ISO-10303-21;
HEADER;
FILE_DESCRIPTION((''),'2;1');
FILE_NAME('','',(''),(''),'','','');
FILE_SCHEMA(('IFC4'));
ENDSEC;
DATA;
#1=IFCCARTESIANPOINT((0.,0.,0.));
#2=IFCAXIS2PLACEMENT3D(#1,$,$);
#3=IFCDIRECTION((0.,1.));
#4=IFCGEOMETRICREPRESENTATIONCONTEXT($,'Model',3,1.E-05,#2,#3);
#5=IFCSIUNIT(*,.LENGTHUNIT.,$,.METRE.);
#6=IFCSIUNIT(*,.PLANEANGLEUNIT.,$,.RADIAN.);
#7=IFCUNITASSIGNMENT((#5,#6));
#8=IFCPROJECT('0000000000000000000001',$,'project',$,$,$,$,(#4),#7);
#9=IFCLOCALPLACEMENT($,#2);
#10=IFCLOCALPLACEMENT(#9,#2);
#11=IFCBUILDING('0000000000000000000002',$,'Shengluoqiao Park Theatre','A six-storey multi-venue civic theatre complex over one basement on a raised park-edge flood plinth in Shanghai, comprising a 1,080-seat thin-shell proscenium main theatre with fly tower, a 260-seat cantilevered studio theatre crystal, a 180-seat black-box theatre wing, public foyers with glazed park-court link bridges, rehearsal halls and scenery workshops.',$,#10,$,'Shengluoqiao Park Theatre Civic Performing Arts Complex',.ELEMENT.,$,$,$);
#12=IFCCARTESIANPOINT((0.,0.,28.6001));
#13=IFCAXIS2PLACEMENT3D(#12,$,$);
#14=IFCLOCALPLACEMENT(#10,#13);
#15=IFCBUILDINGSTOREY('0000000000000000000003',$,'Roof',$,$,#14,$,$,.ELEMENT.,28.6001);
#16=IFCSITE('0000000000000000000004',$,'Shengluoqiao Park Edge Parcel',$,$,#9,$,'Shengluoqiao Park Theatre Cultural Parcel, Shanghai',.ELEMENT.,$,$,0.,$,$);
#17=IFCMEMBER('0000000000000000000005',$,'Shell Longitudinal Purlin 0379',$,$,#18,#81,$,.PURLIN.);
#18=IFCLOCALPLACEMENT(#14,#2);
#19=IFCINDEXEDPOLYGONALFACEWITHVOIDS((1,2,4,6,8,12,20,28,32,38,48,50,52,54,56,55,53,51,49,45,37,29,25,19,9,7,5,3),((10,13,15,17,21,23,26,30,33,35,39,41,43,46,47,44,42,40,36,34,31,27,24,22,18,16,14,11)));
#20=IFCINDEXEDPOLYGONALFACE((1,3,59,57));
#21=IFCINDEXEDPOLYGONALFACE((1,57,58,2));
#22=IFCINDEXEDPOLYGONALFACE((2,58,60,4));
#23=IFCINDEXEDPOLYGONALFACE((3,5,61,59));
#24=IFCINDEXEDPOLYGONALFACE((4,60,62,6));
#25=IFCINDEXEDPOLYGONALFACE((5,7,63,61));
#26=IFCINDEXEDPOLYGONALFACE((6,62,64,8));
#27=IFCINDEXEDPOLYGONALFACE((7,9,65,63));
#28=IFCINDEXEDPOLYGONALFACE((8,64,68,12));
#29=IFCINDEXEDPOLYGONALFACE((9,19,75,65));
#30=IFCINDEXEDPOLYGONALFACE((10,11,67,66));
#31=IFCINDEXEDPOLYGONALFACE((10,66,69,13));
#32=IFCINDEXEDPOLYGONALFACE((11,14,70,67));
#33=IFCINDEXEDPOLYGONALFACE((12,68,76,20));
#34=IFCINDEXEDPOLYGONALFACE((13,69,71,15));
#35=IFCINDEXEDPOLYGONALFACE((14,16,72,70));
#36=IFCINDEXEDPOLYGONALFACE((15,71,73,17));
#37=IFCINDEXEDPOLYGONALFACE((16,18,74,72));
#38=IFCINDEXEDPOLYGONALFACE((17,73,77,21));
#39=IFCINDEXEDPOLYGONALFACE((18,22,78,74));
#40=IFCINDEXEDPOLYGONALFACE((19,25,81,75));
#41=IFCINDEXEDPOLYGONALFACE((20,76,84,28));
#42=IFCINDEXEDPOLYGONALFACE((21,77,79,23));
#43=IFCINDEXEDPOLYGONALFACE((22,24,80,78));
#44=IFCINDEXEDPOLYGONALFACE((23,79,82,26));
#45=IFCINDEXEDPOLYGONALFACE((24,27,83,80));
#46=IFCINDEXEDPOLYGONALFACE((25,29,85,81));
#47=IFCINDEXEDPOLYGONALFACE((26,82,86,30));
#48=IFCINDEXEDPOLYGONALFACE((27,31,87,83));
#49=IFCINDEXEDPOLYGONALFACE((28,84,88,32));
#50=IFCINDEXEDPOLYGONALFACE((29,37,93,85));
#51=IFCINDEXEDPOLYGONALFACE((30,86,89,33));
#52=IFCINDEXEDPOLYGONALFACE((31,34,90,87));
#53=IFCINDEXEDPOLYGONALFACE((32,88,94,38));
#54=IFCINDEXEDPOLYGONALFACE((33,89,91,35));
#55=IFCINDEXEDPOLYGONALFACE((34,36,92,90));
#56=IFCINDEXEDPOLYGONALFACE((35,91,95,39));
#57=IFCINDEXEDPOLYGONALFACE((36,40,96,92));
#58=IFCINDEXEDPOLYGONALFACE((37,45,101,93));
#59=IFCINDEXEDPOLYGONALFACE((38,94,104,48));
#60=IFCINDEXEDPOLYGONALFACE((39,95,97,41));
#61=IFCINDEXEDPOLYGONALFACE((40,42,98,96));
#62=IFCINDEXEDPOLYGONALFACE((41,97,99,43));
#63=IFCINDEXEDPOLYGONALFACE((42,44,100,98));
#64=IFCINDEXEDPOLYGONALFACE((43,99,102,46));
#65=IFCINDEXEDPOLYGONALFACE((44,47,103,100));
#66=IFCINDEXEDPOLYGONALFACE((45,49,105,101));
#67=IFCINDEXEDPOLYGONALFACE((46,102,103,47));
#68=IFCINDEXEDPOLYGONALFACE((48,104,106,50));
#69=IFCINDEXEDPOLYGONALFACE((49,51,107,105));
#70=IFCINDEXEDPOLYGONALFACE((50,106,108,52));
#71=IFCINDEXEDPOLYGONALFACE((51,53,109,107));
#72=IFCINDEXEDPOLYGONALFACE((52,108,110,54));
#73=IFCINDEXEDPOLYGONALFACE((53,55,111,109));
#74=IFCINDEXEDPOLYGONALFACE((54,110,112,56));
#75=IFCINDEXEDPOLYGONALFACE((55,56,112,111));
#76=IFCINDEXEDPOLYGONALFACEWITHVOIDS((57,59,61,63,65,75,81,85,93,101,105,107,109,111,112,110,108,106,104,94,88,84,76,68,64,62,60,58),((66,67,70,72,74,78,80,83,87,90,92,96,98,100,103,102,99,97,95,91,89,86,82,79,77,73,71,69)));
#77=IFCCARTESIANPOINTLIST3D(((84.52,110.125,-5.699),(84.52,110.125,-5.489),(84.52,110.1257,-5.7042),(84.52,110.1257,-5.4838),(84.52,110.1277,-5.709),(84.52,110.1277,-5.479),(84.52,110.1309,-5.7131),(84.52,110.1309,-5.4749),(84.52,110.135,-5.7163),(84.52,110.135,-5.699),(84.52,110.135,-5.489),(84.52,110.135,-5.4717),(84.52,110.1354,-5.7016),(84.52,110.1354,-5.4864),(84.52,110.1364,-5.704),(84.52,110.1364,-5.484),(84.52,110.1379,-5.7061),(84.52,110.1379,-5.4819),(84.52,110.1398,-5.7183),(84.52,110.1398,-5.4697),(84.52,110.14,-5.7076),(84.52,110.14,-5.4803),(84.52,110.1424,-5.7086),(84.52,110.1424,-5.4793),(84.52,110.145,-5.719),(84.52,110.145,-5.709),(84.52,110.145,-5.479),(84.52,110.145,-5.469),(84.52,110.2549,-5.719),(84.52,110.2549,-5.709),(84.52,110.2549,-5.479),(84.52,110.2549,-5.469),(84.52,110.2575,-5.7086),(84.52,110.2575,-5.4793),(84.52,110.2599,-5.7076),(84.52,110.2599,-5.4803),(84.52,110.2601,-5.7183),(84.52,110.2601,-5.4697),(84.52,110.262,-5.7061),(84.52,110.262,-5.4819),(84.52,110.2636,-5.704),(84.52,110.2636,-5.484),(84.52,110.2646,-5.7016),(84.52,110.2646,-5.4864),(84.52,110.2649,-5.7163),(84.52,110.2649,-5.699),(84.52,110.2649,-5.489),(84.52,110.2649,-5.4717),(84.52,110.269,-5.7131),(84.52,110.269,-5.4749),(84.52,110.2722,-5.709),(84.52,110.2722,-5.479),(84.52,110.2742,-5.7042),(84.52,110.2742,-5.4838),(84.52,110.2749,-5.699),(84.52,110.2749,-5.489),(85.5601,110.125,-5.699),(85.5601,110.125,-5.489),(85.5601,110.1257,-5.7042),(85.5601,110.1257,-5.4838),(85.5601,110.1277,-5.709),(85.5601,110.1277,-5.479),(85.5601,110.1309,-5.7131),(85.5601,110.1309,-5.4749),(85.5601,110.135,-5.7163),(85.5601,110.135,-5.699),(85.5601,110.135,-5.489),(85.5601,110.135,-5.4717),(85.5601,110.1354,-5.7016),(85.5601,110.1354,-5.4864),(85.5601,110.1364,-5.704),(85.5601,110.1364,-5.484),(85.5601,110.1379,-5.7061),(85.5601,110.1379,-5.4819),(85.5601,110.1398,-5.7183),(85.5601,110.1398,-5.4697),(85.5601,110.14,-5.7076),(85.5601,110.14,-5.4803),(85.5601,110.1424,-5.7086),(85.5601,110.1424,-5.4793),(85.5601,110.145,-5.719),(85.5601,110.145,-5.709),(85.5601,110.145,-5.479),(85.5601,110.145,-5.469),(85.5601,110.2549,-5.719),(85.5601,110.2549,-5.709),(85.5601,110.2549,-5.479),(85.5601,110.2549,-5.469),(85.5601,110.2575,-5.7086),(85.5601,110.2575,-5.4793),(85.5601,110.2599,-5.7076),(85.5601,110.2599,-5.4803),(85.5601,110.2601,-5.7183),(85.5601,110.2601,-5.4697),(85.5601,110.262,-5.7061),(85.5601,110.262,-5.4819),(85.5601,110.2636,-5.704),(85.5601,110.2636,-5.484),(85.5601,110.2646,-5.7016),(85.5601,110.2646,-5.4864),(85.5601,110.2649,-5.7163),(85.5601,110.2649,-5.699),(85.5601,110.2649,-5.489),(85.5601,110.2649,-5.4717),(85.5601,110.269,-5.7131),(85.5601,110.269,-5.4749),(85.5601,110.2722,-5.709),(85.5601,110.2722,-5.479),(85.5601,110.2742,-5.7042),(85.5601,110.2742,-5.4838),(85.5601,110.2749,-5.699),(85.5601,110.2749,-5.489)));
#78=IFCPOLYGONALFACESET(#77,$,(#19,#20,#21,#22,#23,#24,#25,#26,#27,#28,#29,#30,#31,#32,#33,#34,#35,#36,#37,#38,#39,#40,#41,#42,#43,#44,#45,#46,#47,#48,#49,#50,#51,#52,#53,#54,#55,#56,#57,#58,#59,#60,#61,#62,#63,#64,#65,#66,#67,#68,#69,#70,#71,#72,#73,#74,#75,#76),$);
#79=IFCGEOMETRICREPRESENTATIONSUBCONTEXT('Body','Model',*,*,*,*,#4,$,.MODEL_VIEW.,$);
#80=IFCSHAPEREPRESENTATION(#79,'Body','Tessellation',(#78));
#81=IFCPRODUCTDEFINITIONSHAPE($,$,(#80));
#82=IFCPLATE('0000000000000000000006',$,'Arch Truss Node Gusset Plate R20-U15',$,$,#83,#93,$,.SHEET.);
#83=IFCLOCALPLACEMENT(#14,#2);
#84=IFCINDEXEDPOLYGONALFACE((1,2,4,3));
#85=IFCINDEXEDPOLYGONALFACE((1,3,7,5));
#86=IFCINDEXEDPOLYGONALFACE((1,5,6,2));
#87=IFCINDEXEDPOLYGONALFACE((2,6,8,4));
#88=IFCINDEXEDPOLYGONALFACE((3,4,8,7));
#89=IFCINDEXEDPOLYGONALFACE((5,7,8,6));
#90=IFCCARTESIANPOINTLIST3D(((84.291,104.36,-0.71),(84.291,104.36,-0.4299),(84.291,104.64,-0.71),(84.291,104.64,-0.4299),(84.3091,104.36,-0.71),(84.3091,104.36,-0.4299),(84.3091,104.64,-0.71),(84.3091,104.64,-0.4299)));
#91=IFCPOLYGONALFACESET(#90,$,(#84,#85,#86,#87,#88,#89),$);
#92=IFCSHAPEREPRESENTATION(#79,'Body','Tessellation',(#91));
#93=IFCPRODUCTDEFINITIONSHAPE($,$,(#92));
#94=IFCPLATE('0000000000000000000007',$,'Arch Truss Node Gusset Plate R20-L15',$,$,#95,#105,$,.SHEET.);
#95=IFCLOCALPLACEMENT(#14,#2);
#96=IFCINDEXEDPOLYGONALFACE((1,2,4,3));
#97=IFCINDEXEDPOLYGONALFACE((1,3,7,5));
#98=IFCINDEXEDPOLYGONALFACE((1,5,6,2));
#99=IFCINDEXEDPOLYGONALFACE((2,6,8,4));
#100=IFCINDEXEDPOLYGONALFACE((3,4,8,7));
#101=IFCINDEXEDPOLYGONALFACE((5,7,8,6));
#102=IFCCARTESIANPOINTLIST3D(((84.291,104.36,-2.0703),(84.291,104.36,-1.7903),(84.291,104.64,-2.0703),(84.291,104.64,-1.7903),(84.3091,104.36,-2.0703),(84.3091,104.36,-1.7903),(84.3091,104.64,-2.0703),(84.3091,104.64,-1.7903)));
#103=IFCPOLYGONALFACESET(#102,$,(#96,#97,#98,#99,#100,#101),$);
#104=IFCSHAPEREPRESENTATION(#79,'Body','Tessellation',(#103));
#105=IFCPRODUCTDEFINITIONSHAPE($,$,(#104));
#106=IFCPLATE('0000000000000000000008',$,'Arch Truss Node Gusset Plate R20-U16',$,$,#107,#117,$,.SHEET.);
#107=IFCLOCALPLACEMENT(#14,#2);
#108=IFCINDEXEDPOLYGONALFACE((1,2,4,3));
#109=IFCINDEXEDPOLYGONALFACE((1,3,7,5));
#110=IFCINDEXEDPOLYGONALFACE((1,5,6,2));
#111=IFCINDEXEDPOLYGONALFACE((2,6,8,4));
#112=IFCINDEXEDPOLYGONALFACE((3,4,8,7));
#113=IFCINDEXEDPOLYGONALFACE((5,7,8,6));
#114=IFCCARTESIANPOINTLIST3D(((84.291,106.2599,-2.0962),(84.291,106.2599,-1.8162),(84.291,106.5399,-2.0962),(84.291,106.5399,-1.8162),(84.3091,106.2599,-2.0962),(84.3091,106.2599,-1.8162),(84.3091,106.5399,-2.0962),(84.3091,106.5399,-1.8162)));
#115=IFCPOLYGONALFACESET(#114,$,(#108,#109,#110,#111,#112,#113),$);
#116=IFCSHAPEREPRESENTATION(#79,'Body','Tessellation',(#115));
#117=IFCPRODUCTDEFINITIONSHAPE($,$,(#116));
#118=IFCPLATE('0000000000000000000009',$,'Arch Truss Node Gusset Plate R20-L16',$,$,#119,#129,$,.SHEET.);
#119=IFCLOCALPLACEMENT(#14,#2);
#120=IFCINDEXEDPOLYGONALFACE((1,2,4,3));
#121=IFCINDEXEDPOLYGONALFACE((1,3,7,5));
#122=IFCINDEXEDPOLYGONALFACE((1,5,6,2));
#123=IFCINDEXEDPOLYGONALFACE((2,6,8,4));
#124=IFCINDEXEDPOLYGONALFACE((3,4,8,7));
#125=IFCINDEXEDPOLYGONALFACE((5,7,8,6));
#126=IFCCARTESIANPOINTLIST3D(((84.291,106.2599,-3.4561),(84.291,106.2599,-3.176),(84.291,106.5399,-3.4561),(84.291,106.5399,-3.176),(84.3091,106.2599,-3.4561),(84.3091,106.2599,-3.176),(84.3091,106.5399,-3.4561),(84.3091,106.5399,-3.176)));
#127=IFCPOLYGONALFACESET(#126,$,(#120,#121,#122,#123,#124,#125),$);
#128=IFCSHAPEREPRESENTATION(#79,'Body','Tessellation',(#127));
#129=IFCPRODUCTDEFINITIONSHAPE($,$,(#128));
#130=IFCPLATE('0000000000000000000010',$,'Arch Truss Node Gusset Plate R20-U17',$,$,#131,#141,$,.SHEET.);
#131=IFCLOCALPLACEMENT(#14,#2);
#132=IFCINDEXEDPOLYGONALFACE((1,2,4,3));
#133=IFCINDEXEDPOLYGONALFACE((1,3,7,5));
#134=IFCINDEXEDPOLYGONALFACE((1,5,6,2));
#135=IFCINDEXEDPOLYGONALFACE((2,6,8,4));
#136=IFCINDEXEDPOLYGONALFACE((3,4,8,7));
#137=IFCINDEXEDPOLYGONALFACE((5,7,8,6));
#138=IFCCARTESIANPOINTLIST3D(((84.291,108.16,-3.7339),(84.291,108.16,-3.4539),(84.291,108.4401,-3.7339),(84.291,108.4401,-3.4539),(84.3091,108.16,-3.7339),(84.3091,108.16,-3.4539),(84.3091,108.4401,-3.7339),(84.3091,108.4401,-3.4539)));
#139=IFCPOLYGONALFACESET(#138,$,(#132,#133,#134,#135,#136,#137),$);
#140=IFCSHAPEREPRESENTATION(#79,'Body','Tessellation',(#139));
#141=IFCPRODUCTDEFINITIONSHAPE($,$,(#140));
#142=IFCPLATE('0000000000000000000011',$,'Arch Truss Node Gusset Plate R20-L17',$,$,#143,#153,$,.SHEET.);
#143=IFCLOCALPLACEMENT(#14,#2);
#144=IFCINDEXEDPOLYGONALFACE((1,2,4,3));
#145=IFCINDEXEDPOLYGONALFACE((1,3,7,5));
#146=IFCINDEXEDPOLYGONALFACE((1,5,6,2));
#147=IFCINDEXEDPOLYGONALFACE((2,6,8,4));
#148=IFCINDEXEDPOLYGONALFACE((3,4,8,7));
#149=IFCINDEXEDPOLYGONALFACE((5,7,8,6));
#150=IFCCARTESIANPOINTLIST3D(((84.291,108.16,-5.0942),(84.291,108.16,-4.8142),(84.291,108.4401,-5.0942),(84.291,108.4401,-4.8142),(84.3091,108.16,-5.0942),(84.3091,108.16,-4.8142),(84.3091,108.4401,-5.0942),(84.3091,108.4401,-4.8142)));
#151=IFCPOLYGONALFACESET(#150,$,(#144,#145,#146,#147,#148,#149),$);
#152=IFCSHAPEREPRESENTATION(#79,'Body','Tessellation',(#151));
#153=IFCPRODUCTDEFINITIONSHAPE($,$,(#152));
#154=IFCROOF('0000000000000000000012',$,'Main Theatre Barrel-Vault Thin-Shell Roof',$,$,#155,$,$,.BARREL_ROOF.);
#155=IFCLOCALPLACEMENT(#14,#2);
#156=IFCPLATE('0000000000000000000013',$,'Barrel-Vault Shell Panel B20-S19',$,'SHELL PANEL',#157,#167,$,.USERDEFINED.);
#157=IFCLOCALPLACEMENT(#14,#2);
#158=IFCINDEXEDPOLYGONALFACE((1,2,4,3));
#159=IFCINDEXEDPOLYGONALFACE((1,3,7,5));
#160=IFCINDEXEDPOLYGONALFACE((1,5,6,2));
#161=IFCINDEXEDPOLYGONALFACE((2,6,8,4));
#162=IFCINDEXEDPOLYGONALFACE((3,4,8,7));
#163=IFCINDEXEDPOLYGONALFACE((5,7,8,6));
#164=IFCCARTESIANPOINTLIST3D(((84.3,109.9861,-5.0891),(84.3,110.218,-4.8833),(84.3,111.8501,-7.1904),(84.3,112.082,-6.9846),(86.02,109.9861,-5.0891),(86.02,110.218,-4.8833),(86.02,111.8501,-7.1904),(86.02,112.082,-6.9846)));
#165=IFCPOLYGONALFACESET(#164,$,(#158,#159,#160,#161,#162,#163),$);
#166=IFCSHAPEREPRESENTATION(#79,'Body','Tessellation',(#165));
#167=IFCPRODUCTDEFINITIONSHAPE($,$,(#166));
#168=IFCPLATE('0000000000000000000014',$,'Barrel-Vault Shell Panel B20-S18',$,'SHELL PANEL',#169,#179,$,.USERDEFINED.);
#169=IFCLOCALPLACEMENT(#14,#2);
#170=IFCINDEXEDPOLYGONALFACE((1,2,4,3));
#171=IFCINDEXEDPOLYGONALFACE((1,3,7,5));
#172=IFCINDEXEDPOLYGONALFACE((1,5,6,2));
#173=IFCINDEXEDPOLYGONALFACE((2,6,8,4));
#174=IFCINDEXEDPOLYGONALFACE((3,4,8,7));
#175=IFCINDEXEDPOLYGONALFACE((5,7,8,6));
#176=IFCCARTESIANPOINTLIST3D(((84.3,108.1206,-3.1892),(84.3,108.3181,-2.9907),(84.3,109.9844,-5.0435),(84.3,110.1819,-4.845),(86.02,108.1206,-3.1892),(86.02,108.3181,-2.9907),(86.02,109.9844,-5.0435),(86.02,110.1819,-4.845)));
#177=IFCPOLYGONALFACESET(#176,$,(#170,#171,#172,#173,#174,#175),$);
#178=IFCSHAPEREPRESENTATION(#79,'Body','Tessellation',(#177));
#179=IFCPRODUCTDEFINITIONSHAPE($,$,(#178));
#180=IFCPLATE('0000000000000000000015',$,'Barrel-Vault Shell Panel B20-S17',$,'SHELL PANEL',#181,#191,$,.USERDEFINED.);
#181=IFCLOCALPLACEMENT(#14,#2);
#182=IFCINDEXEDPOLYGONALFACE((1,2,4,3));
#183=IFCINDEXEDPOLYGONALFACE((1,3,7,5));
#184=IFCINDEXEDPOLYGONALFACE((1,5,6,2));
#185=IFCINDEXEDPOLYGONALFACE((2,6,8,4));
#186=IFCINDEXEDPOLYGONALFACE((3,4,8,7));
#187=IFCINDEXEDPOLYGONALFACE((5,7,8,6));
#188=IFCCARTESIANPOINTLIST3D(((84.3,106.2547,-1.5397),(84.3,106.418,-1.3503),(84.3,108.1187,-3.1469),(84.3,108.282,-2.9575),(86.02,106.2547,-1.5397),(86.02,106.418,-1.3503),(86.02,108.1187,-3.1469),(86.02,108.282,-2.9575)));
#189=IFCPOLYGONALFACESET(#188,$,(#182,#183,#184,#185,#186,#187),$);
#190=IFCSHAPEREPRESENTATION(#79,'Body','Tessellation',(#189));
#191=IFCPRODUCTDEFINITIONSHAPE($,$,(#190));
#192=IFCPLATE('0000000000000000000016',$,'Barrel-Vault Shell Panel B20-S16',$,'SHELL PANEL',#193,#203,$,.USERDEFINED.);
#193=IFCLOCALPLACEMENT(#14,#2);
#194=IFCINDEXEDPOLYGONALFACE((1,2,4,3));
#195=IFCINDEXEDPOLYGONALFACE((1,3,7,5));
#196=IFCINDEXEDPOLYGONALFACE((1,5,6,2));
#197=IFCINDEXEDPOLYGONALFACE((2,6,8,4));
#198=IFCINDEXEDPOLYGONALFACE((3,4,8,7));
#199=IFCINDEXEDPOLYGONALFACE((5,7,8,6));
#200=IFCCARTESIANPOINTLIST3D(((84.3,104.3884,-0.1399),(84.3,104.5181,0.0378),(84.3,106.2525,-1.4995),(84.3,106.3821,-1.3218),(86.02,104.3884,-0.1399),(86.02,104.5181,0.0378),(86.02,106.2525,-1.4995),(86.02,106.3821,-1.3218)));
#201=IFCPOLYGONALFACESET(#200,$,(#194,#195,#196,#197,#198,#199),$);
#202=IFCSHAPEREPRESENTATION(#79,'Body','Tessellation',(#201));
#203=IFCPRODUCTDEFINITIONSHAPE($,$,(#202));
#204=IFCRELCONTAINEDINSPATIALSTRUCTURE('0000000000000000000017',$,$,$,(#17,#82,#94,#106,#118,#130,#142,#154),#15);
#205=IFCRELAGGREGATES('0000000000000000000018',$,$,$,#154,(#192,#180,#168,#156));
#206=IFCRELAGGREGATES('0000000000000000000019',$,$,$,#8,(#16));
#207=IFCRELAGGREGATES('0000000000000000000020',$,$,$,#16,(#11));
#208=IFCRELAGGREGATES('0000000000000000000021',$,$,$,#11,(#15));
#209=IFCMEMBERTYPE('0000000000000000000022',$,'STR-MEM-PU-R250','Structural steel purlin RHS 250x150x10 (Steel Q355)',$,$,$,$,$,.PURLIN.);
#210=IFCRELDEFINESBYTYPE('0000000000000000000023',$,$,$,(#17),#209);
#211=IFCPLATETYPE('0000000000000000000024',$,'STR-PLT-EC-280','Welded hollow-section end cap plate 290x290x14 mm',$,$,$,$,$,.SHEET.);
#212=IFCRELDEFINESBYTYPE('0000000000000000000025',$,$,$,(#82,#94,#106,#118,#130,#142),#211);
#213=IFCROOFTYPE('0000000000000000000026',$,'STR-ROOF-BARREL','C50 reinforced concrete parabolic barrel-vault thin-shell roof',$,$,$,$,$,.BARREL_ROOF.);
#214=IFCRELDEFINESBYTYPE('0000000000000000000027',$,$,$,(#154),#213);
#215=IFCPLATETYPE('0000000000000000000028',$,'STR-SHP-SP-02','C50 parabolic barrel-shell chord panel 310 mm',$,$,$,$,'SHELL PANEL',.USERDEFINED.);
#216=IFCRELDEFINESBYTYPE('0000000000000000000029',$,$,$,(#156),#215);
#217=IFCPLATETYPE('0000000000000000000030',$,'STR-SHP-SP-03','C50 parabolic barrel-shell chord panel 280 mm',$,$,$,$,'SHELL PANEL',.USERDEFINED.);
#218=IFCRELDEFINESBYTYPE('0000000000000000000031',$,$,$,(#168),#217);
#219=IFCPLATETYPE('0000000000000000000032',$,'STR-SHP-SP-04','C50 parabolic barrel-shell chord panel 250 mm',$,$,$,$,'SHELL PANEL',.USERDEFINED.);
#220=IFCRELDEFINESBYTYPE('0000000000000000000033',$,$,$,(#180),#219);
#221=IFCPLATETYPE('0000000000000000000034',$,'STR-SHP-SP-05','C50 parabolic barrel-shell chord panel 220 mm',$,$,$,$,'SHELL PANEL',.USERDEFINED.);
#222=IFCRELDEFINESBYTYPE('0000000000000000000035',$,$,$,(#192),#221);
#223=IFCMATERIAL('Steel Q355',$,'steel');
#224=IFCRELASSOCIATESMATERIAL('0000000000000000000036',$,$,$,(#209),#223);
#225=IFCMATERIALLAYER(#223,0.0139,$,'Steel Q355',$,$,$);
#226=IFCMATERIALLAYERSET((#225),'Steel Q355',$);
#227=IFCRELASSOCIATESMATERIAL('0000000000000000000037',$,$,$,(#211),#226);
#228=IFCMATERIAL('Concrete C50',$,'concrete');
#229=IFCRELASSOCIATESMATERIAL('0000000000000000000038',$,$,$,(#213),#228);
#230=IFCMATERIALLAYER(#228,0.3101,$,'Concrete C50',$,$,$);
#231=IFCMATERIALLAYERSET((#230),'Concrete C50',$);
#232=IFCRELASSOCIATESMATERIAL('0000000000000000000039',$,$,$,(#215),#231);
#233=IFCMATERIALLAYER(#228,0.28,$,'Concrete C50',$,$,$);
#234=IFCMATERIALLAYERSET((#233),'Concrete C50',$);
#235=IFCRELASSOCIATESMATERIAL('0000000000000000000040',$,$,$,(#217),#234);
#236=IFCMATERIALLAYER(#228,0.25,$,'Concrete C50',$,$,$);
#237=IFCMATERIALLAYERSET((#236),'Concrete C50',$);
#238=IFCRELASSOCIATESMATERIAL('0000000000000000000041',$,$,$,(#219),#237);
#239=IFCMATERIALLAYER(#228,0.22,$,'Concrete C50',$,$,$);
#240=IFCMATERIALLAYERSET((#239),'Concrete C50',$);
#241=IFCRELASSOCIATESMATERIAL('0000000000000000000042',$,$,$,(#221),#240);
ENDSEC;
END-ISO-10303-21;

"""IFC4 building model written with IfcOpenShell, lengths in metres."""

from ifc_helpers import new_model, si_unit, direction, frame, origin, origin_2d, place, context, subcontext, project, spatial, polyline, rectangle, hollow_rectangle, outline, extrude, material, layer, layer_set, material_profile, profile_set, type_object, element, aggregate, save


model = new_model("IFC4")

# Units and contexts
model_context = context("Model", 3, precision=1e-05, world=origin(), true_north=direction((0.0, 1.0)))
body_context = subcontext(model_context, "Body", "Model", "MODEL_VIEW")
ifc_project = project(units=[si_unit("LENGTHUNIT", "METRE"), si_unit("PLANEANGLEUNIT", "RADIAN")], contexts=[model_context])

# Site, building, storey
site_placement = place(None, origin())
site = spatial("IfcSite", under=ifc_project, at=site_placement, Name="Shengluoqiao Park Edge Parcel", LongName="Shengluoqiao Park Theatre Cultural Parcel, Shanghai", CompositionType="ELEMENT", RefElevation=0.0)
building_placement = place(site_placement, origin())
building = spatial("IfcBuilding", under=site, at=building_placement, Name="Shengluoqiao Park Theatre", Description="A six-storey multi-venue civic theatre complex over one basement on a raised park-edge flood plinth in Shanghai, comprising a 1,080-seat thin-shell proscenium main theatre with fly tower, a 260-seat cantilevered studio theatre crystal, a 180-seat black-box theatre wing, public foyers with glazed park-court link bridges, rehearsal halls and scenery workshops.", LongName="Shengluoqiao Park Theatre Civic Performing Arts Complex", CompositionType="ELEMENT")
storey_placement = place(building_placement, frame((0.0, 0.0, 28.6001)))
storey = spatial("IfcBuildingStorey", under=building, at=storey_placement, Name="Roof", CompositionType="ELEMENT", Elevation=28.6001)

# Shared definitions
ifc_material_1 = material(Name="Concrete C50", Category="concrete")
ifc_material_2 = material(Name="Steel Q355", Category="steel")

# Member
ifc_material_profile_1 = material_profile(ifc_material_2, hollow_rectangle(XDim=0.1499, YDim=0.25, WallThickness=0.01, InnerFilletRadius=0.01, OuterFilletRadius=0.02, at=origin_2d()), Name="RHS 250x150x10")
ifc_profile_set_1 = profile_set([ifc_material_profile_1], Name="Steel Q355")
member_type_1 = type_object("IfcMemberType", Name="STR-MEM-PU-R250", Description="Structural steel purlin RHS 250x150x10 (Steel Q355)", PredefinedType="PURLIN", material=ifc_profile_set_1)
member_1_placement = place(storey_placement, frame((84.52, 110.2, -5.594), z_axis=(1.0, 0.0, 0.0), x_axis=(0.0, 1.0, 0.0)))
element("IfcMember", 1, at=member_1_placement, inside=storey, type_object=member_type_1, Name="Shell Longitudinal Purlin 0379", PredefinedType="PURLIN", context=body_context, shape_type="SweptSolid", body=[
    extrude(hollow_rectangle(XDim=0.1499, YDim=0.25, WallThickness=0.01, InnerFilletRadius=0.01, OuterFilletRadius=0.02, at=origin_2d()), origin(), (0.0, 0.0, 1.0), 1.04),
])

# Plates
ifc_layer_1 = layer(ifc_material_2, 0.0139, Name="Steel Q355")
ifc_layer_set_1 = layer_set([ifc_layer_1], Name="Steel Q355")
plate_type_1 = type_object("IfcPlateType", Name="STR-PLT-EC-280", Description="Welded hollow-section end cap plate 290x290x14 mm", PredefinedType="SHEET", material=ifc_layer_set_1)
for number, where, z_axis, x_axis, name in (
    (2, (84.3, 104.5, -0.71), (0.0, 0.0, 1.0), (1.0, 0.0, 0.0), "Arch Truss Node Gusset Plate R20-U15"),
    (3, (84.3, 104.5, -2.0703), (0.0, 0.0, 1.0), (1.0, 0.0, 0.0), "Arch Truss Node Gusset Plate R20-L15"),
    (4, (84.3, 106.3999, -2.0962), (0.0, 0.0, 1.0), (1.0, 0.0, 0.0), "Arch Truss Node Gusset Plate R20-U16"),
    (5, (84.3, 106.3999, -3.4561), (0.0, 0.0, 1.0), (1.0, 0.0, 0.0), "Arch Truss Node Gusset Plate R20-L16"),
    (6, (84.3, 108.3, -3.7339), (0.0, 0.0, 1.0), (1.0, 0.0, 0.0), "Arch Truss Node Gusset Plate R20-U17"),
    (7, (84.3, 108.3, -5.0942), (0.0, 0.0, 1.0), (1.0, 0.0, 0.0), "Arch Truss Node Gusset Plate R20-L17"),
):
    element("IfcPlate", number, at=place(storey_placement, frame(where, z_axis=z_axis, x_axis=x_axis)), inside=storey, type_object=plate_type_1, Name=name, PredefinedType="SHEET", context=body_context, shape_type="SweptSolid", body=[
        extrude(rectangle(XDim=0.0181, YDim=0.28, at=origin_2d()), origin(), (0.0, 0.0, 1.0), 0.28),
    ])

# Roof, plates
roof_type = type_object("IfcRoofType", Name="STR-ROOF-BARREL", Description="C50 reinforced concrete parabolic barrel-vault thin-shell roof", PredefinedType="BARREL_ROOF", material=ifc_material_1)
roof_placement = place(storey_placement, origin())
roof = element("IfcRoof", 8, at=roof_placement, inside=storey, type_object=roof_type, Name="Main Theatre Barrel-Vault Thin-Shell Roof", PredefinedType="BARREL_ROOF")
ifc_layer_2 = layer(ifc_material_1, 0.3101, Name="Concrete C50")
ifc_layer_set_2 = layer_set([ifc_layer_2], Name="Concrete C50")
plate_type_2 = type_object("IfcPlateType", Name="STR-SHP-SP-02", Description="C50 parabolic barrel-shell chord panel 310 mm", ElementType="SHELL PANEL", PredefinedType="USERDEFINED", material=ifc_layer_set_2)
plate_1_placement = place(storey_placement, frame((84.3, 110.218, -4.8833), z_axis=(0.0, 0.748085, 0.663603), x_axis=(1.0, 0.0, 0.0)))
plate_1 = element("IfcPlate", 9, at=plate_1_placement, type_object=plate_type_2, Name="Barrel-Vault Shell Panel B20-S19", ObjectType="SHELL PANEL", PredefinedType="USERDEFINED", context=body_context, shape_type="SweptSolid", body=[
    extrude(outline(polyline([(0.0, 0.0), (1.72, 0.0), (1.72, 2.8089), (0.0, 2.8089), (0.0, 0.0)])), origin(), (0.0, 0.0, -1.0), 0.3101),
])
ifc_layer_3 = layer(ifc_material_1, 0.28, Name="Concrete C50")
ifc_layer_set_3 = layer_set([ifc_layer_3], Name="Concrete C50")
plate_type_3 = type_object("IfcPlateType", Name="STR-SHP-SP-03", Description="C50 parabolic barrel-shell chord panel 280 mm", ElementType="SHELL PANEL", PredefinedType="USERDEFINED", material=ifc_layer_set_3)
plate_2_placement = place(storey_placement, frame((84.3, 108.3181, -2.9907), z_axis=(0.0, 0.705294, 0.708915), x_axis=(1.0, 0.0, 0.0)))
plate_2 = element("IfcPlate", 10, at=plate_2_placement, type_object=plate_type_3, Name="Barrel-Vault Shell Panel B20-S18", ObjectType="SHELL PANEL", PredefinedType="USERDEFINED", context=body_context, shape_type="SweptSolid", body=[
    extrude(outline(polyline([(0.0, 0.0), (1.72, 0.0), (1.72, 2.629), (0.0, 2.629), (0.0, 0.0)])), origin(), (0.0, 0.0, -1.0), 0.28),
])
ifc_layer_4 = layer(ifc_material_1, 0.25, Name="Concrete C50")
ifc_layer_set_4 = layer_set([ifc_layer_4], Name="Concrete C50")
plate_type_4 = type_object("IfcPlateType", Name="STR-SHP-SP-04", Description="C50 parabolic barrel-shell chord panel 250 mm", ElementType="SHELL PANEL", PredefinedType="USERDEFINED", material=ifc_layer_set_4)
plate_3_placement = place(storey_placement, frame((84.3, 106.418, -1.3503), z_axis=(0.0, 0.653002, 0.757356), x_axis=(1.0, 0.0, 0.0)))
plate_3 = element("IfcPlate", 11, at=plate_3_placement, type_object=plate_type_4, Name="Barrel-Vault Shell Panel B20-S17", ObjectType="SHELL PANEL", PredefinedType="USERDEFINED", context=body_context, shape_type="SweptSolid", body=[
    extrude(outline(polyline([(0.0, 0.0), (1.72, 0.0), (1.72, 2.4612), (0.0, 2.4612), (0.0, 0.0)])), origin(), (0.0, 0.0, -1.0), 0.25),
])
ifc_layer_5 = layer(ifc_material_1, 0.22, Name="Concrete C50")
ifc_layer_set_5 = layer_set([ifc_layer_5], Name="Concrete C50")
plate_type_5 = type_object("IfcPlateType", Name="STR-SHP-SP-05", Description="C50 parabolic barrel-shell chord panel 220 mm", ElementType="SHELL PANEL", PredefinedType="USERDEFINED", material=ifc_layer_set_5)
plate_4_placement = place(storey_placement, frame((84.3, 104.5181, 0.0378), z_axis=(0.0, 0.589297, 0.807916), x_axis=(1.0, 0.0, 0.0)))
plate_4 = element("IfcPlate", 12, at=plate_4_placement, type_object=plate_type_5, Name="Barrel-Vault Shell Panel B20-S16", ObjectType="SHELL PANEL", PredefinedType="USERDEFINED", context=body_context, shape_type="SweptSolid", body=[
    extrude(outline(polyline([(0.0, 0.0), (1.72, 0.0), (1.72, 2.3072), (0.0, 2.3072), (0.0, 0.0)])), origin(), (0.0, 0.0, -1.0), 0.22),
])
aggregate(roof, [plate_4, plate_3, plate_2, plate_1])

save(model, "model.ifc")
